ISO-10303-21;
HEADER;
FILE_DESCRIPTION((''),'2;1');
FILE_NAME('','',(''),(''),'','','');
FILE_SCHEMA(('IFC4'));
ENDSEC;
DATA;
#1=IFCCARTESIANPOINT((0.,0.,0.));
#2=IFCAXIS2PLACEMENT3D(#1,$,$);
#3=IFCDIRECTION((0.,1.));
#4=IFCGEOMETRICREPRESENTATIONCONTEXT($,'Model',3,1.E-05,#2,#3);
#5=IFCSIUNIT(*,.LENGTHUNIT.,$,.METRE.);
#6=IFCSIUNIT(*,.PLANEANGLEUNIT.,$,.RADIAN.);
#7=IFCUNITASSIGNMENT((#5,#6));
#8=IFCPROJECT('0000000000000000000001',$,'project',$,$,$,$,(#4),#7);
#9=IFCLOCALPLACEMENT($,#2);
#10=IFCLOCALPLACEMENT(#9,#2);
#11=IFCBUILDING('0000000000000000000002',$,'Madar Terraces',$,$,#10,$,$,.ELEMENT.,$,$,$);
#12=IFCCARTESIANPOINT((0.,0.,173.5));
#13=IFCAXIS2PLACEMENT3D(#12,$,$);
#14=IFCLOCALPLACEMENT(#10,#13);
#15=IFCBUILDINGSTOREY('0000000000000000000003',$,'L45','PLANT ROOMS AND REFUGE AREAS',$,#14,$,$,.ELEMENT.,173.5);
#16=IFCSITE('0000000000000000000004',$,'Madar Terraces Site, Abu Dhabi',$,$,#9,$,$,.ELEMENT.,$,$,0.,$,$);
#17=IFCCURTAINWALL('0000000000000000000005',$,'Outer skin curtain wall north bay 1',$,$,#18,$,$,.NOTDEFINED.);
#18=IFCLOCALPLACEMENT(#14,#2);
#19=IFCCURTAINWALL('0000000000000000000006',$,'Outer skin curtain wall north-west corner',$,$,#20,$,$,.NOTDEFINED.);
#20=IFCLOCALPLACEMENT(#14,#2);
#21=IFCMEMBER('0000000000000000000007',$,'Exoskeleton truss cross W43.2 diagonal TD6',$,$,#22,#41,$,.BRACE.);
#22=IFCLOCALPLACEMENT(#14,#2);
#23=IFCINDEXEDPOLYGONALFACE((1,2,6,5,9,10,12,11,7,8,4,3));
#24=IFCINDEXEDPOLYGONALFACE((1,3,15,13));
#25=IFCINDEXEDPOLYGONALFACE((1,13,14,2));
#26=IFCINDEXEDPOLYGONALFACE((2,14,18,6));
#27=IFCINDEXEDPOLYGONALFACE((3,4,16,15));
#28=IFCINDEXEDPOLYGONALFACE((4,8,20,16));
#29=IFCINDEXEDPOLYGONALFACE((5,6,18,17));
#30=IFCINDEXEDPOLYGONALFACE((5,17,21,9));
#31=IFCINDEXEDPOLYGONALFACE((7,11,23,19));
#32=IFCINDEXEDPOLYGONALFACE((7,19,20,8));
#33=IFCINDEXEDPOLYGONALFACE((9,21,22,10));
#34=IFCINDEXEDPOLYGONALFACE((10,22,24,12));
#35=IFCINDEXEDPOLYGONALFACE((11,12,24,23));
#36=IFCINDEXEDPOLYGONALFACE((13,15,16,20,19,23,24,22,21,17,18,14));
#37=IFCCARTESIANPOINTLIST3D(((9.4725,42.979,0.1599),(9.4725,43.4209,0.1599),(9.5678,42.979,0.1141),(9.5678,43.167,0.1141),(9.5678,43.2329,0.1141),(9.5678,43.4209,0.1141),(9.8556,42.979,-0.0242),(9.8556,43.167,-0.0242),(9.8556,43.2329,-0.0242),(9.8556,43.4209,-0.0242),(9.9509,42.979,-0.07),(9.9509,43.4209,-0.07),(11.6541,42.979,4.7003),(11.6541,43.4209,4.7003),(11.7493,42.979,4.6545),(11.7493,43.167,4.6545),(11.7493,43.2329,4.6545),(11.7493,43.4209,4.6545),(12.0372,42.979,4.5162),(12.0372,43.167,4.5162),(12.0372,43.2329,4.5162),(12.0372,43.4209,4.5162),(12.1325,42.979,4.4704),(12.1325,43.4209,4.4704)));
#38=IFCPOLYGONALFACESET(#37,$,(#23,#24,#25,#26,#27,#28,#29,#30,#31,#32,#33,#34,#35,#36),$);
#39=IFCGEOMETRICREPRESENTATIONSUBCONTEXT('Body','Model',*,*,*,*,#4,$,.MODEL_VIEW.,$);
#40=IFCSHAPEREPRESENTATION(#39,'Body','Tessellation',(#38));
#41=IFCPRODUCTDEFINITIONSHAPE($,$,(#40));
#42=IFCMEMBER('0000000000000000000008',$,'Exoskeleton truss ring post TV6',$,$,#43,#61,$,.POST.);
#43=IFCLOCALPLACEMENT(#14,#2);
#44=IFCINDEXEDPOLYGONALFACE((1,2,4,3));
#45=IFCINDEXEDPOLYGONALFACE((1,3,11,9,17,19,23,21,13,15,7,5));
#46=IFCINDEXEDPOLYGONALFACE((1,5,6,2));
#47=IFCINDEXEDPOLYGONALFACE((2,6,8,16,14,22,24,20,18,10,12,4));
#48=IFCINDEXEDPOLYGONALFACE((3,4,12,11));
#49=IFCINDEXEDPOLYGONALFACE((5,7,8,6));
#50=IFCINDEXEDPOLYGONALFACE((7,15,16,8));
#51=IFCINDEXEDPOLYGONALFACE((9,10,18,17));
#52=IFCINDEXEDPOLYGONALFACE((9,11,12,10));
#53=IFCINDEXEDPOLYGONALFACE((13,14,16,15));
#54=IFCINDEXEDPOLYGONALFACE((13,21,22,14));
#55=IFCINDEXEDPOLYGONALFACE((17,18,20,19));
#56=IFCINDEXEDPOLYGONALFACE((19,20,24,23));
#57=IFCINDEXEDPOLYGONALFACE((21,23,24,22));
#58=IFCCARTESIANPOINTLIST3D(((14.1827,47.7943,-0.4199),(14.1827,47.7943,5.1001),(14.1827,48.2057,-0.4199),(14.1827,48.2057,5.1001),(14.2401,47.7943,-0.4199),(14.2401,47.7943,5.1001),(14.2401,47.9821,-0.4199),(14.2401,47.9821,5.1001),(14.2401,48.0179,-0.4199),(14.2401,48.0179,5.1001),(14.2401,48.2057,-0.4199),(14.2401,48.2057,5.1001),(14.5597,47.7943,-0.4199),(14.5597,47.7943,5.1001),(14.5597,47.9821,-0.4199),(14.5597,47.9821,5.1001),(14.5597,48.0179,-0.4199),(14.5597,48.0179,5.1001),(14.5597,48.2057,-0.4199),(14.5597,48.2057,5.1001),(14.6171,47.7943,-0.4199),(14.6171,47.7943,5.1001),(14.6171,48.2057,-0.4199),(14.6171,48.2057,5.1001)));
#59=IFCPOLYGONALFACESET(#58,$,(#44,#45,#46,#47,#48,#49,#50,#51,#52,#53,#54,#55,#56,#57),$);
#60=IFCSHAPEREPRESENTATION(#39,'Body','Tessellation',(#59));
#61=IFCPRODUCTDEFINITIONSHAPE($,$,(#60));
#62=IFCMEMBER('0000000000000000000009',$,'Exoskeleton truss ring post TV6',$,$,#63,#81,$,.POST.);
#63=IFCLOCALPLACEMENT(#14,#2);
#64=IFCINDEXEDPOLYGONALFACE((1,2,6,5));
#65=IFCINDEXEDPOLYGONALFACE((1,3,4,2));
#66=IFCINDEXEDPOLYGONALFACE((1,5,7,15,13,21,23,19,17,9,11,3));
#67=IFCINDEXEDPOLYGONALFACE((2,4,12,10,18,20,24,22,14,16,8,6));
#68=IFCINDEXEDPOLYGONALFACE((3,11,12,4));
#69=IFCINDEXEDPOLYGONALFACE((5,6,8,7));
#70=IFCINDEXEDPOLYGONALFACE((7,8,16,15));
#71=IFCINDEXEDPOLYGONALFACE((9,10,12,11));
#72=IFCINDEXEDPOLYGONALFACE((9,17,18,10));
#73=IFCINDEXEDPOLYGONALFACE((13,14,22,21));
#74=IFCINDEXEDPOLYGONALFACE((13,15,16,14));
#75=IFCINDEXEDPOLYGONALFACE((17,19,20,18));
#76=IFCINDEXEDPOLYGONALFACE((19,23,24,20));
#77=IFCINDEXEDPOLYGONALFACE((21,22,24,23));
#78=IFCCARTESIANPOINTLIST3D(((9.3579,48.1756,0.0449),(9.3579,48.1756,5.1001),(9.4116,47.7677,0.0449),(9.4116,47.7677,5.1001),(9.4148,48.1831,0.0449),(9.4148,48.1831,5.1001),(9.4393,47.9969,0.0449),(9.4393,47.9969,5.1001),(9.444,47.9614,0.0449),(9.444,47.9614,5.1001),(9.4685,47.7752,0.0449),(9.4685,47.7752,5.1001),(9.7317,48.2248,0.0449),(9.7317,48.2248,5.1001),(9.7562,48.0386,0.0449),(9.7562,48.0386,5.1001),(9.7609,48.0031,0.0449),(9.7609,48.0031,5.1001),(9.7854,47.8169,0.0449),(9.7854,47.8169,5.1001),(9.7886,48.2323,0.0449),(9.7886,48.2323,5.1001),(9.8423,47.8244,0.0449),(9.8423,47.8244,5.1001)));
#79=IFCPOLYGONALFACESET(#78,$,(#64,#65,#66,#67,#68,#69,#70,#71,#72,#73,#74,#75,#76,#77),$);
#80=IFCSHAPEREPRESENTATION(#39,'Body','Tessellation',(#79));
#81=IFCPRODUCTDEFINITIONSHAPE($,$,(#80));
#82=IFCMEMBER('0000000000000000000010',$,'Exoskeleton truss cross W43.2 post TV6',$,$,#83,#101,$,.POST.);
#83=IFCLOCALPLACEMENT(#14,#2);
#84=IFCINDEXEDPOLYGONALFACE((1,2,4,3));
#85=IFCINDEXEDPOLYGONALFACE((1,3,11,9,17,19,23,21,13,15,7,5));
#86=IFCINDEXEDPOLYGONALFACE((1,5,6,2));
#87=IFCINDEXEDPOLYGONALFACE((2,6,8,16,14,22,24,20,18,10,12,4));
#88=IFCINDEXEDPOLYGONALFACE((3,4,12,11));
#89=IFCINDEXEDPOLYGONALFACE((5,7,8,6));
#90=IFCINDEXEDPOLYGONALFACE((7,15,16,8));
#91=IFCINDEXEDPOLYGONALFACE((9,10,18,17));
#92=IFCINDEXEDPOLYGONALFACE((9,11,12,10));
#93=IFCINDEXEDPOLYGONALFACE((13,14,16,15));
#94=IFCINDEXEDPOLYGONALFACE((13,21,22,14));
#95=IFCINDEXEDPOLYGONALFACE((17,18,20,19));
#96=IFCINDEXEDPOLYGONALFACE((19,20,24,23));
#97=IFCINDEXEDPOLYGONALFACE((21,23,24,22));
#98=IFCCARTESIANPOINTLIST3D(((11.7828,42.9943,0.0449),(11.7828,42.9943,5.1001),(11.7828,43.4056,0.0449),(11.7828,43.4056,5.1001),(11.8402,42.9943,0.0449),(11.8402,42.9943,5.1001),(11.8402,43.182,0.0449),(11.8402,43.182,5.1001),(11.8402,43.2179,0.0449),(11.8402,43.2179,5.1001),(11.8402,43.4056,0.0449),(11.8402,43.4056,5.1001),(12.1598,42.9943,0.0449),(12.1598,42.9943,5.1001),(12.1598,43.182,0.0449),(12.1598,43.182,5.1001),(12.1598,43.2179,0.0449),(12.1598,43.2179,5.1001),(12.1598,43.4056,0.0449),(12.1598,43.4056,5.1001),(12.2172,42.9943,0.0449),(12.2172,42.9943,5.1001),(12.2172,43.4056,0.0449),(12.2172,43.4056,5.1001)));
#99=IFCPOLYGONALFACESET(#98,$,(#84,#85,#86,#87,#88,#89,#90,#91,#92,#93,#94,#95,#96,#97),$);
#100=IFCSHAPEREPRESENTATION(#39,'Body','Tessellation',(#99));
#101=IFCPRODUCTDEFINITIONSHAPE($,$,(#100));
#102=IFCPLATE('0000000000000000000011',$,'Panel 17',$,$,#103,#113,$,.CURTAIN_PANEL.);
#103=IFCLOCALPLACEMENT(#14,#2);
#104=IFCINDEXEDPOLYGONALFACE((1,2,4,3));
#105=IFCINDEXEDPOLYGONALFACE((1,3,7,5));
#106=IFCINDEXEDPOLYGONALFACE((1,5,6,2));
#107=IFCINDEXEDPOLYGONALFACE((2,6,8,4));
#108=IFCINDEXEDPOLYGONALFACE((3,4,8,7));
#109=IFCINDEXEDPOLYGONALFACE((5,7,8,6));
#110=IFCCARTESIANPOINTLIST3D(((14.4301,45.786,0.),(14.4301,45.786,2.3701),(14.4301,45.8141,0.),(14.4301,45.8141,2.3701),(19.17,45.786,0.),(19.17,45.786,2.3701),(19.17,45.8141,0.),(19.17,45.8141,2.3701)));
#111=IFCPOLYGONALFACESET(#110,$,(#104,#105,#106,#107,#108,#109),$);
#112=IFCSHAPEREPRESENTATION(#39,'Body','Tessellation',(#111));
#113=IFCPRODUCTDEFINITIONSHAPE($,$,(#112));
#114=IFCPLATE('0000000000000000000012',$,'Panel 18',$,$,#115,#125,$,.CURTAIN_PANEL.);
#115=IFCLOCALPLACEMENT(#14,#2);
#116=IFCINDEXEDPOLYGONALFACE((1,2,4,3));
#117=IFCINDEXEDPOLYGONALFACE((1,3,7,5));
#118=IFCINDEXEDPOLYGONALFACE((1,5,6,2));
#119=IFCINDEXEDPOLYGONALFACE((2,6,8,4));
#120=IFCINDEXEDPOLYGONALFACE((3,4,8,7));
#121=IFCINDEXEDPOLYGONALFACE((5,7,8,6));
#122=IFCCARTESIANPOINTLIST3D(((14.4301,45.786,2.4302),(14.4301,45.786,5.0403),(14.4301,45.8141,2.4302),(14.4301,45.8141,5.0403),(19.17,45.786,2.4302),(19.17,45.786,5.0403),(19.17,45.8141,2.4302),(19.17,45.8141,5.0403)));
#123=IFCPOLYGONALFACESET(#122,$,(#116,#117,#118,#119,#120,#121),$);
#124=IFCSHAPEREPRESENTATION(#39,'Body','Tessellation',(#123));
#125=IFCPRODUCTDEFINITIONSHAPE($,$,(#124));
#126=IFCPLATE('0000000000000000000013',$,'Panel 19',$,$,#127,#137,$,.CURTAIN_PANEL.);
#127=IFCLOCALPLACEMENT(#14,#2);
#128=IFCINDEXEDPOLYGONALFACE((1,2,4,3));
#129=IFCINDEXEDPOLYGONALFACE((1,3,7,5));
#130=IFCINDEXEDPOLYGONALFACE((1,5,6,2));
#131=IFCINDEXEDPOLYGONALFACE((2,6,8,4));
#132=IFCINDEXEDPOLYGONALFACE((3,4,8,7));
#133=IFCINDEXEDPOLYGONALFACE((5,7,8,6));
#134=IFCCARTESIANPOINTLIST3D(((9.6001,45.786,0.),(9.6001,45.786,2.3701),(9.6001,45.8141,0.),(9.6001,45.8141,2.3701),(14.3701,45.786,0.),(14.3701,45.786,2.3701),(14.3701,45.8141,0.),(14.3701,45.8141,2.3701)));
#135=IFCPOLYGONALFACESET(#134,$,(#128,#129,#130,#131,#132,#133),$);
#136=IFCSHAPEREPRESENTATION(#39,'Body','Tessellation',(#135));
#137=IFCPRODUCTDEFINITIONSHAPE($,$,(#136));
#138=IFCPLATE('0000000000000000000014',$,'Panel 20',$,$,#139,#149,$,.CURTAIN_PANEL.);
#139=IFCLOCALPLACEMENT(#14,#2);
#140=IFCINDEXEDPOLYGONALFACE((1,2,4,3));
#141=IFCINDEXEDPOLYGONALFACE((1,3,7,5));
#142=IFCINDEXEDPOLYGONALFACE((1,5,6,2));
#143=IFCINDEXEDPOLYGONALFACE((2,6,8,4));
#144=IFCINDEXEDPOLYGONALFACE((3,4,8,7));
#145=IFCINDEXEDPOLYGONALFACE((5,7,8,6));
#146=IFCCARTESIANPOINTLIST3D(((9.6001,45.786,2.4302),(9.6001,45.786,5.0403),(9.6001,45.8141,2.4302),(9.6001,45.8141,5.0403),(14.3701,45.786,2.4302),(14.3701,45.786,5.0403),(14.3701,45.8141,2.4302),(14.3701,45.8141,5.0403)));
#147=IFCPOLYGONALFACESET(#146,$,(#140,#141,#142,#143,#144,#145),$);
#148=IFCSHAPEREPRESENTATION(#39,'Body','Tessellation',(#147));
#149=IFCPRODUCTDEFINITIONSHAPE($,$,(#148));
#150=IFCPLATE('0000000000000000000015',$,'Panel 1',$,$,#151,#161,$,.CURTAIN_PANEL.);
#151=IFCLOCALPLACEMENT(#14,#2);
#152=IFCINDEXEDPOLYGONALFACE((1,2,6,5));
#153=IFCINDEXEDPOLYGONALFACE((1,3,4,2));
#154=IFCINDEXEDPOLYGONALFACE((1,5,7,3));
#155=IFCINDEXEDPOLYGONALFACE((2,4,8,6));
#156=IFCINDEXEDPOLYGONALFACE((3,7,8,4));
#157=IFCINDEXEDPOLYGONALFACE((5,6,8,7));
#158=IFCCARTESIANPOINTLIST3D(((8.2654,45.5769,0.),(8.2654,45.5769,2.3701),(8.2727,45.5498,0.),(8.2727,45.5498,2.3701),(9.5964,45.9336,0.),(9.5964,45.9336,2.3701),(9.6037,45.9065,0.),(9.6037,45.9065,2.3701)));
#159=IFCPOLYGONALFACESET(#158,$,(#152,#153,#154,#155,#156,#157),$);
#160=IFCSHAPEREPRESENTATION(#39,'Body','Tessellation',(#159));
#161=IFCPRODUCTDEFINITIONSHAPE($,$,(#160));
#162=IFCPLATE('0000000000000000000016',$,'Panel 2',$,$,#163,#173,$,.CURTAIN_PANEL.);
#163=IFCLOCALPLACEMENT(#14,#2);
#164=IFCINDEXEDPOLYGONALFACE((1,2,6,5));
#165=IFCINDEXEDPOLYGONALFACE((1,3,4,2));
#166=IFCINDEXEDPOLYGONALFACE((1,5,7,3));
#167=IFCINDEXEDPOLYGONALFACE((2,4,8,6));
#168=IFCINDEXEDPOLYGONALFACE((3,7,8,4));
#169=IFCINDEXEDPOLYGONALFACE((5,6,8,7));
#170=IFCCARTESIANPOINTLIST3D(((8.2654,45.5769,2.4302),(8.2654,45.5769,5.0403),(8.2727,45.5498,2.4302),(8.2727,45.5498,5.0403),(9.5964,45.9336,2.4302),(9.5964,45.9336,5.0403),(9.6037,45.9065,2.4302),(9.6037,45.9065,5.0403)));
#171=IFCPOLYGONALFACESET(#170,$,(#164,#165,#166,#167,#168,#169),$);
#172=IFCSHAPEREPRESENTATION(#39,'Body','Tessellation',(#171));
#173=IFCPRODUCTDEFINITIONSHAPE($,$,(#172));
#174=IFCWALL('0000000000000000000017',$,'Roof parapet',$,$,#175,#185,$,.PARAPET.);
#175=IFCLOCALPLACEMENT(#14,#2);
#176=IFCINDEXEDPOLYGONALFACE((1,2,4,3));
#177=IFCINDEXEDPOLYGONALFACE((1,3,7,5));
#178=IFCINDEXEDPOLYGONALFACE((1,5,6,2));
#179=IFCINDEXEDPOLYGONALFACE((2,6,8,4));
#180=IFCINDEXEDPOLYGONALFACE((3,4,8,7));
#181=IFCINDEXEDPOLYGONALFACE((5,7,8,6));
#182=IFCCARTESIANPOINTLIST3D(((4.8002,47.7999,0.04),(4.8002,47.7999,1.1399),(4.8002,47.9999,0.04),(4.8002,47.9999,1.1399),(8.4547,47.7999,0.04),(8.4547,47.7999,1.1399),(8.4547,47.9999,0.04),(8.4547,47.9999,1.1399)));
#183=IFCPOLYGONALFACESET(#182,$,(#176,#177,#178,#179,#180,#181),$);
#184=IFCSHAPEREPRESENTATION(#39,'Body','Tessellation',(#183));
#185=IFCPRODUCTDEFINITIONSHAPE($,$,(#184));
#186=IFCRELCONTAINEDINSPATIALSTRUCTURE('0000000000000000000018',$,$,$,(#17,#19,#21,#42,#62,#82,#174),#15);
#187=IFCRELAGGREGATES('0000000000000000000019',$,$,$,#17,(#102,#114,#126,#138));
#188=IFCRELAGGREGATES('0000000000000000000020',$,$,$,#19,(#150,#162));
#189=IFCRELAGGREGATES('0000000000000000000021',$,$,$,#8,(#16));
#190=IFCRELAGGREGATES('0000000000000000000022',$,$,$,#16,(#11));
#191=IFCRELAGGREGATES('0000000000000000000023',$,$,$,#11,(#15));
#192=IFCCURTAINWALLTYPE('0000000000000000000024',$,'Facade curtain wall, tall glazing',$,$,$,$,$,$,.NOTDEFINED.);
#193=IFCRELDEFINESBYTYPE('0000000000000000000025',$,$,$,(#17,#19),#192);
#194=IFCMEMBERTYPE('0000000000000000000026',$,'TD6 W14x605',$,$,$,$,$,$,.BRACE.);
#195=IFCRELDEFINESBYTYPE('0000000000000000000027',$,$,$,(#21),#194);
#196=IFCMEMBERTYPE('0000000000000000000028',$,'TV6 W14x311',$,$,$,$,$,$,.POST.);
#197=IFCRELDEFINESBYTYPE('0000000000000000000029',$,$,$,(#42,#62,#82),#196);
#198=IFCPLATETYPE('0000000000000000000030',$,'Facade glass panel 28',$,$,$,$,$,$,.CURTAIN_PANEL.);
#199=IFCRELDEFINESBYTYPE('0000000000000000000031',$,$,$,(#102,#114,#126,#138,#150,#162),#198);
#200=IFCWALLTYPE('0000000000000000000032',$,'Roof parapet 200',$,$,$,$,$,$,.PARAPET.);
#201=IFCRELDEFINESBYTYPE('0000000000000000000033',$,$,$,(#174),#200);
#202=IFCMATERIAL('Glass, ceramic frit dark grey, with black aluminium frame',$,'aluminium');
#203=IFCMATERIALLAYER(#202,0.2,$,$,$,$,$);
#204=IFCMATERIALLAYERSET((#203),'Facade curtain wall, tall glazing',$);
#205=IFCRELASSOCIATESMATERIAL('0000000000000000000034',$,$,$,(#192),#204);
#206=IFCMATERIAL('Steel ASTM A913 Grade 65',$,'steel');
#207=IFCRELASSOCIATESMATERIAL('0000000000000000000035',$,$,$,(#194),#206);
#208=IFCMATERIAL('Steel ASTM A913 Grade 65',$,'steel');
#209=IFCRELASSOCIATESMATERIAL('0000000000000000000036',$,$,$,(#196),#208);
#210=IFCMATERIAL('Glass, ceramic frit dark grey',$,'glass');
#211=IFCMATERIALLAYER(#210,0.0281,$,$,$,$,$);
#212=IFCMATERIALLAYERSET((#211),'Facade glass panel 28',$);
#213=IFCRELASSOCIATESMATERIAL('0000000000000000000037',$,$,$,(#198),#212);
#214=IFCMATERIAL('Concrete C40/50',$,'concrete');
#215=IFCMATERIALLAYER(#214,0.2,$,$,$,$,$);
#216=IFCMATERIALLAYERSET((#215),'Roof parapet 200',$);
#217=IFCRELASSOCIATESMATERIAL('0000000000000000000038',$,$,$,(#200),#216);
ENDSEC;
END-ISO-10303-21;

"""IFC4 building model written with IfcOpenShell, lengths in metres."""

from ifc_helpers import new_model, si_unit, direction, frame, frame_2d, origin, origin_2d, place, context, subcontext, project, spatial, rectangle, i_section, extrude, material, layer, layer_set, material_profile, profile_set, type_object, element, aggregate, save


model = new_model("IFC4")

# Units and contexts
model_context = context("Model", 3, precision=1e-05, world=origin(), true_north=direction((0.0, 1.0)))
body_context = subcontext(model_context, "Body", "Model", "MODEL_VIEW")
ifc_project = project(units=[si_unit("LENGTHUNIT", "METRE"), si_unit("PLANEANGLEUNIT", "RADIAN")], contexts=[model_context])

# Site, building, storey
site_placement = place(None, origin())
site = spatial("IfcSite", under=ifc_project, at=site_placement, Name="Madar Terraces Site, Abu Dhabi", CompositionType="ELEMENT", RefElevation=0.0)
building_placement = place(site_placement, origin())
building = spatial("IfcBuilding", under=site, at=building_placement, Name="Madar Terraces", CompositionType="ELEMENT")
storey_placement = place(building_placement, frame((0.0, 0.0, 173.5)))
storey = spatial("IfcBuildingStorey", under=building, at=storey_placement, Name="L45", Description="PLANT ROOMS AND REFUGE AREAS", CompositionType="ELEMENT", Elevation=173.5)

# Curtain walls
ifc_material_1 = material(Name="Glass, ceramic frit dark grey, with black aluminium frame", Category="aluminium")
ifc_layer_1 = layer(ifc_material_1, 0.2)
ifc_layer_set_1 = layer_set([ifc_layer_1], Name="Facade curtain wall, tall glazing")
curtain_wall_type = type_object("IfcCurtainWallType", Name="Facade curtain wall, tall glazing", PredefinedType="NOTDEFINED", material=ifc_layer_set_1)
curtain_wall_1_placement = place(storey_placement, origin())
curtain_wall_1 = element("IfcCurtainWall", 1, at=curtain_wall_1_placement, inside=storey, type_object=curtain_wall_type, Name="Outer skin curtain wall north bay 1", PredefinedType="NOTDEFINED")
curtain_wall_2_placement = place(storey_placement, origin())
curtain_wall_2 = element("IfcCurtainWall", 2, at=curtain_wall_2_placement, inside=storey, type_object=curtain_wall_type, Name="Outer skin curtain wall north-west corner", PredefinedType="NOTDEFINED")

# Members
ifc_material_2 = material(Name="Steel ASTM A913 Grade 65", Category="steel")
ifc_material_profile_1 = material_profile(ifc_material_2, i_section(OverallWidth=0.4419, OverallDepth=0.5308, WebThickness=0.0659, FlangeThickness=0.1057, at=origin_2d()), Name="W14x605")
ifc_profile_set_1 = profile_set([ifc_material_profile_1], Name="Steel ASTM A913 Grade 65")
member_type_1 = type_object("IfcMemberType", Name="TD6 W14x605", PredefinedType="BRACE", material=ifc_profile_set_1)
member_1_placement = place(storey_placement, frame((9.7117, 43.2, 0.0449), z_axis=(0.433084, 0.0, 0.901354), x_axis=(0.0, 1.0, 0.0)))
element("IfcMember", 3, at=member_1_placement, inside=storey, type_object=member_type_1, Name="Exoskeleton truss cross W43.2 diagonal TD6", PredefinedType="BRACE", context=body_context, shape_type="SweptSolid", body=[
    extrude(i_section(OverallWidth=0.4419, OverallDepth=0.5308, WebThickness=0.0659, FlangeThickness=0.1057, at=origin_2d()), origin(), (0.0, 0.0, 1.0), 5.0374),
])
ifc_material_3 = material(Name="Steel ASTM A913 Grade 65", Category="steel")
ifc_material_profile_2 = material_profile(ifc_material_3, i_section(OverallWidth=0.4114, OverallDepth=0.4343, WebThickness=0.0359, FlangeThickness=0.0574, at=origin_2d()), Name="W14x311")
ifc_profile_set_2 = profile_set([ifc_material_profile_2], Name="Steel ASTM A913 Grade 65")
member_type_2 = type_object("IfcMemberType", Name="TV6 W14x311", PredefinedType="POST", material=ifc_profile_set_2)
member_2_placement = place(storey_placement, frame((14.3999, 48.0, -0.4199), z_axis=(0.0, 0.0, 1.0), x_axis=(0.0, -1.0, 0.0)))
element("IfcMember", 4, at=member_2_placement, inside=storey, type_object=member_type_2, Name="Exoskeleton truss ring post TV6", PredefinedType="POST", context=body_context, shape_type="SweptSolid", body=[
    extrude(i_section(OverallWidth=0.4114, OverallDepth=0.4343, WebThickness=0.0359, FlangeThickness=0.0574, at=origin_2d()), origin(), (0.0, 0.0, 1.0), 5.52),
])
for number, where, z_axis, x_axis, name in (
    (5, (9.6001, 48.0, 0.0449), (0.0, 0.0, 1.0), (0.130526, -0.991445, 0.0), "Exoskeleton truss ring post TV6"),
    (6, (12.0, 43.2, 0.0449), (0.0, 0.0, 1.0), (0.0, 1.0, 0.0), "Exoskeleton truss cross W43.2 post TV6"),
):
    element("IfcMember", number, at=place(storey_placement, frame(where, z_axis=z_axis, x_axis=x_axis)), inside=storey, type_object=member_type_2, Name=name, PredefinedType="POST", context=body_context, shape_type="SweptSolid", body=[
        extrude(i_section(OverallWidth=0.4114, OverallDepth=0.4343, WebThickness=0.0359, FlangeThickness=0.0574, at=origin_2d()), origin(), (0.0, 0.0, 1.0), 5.0552),
    ])

# Plates
ifc_material_4 = material(Name="Glass, ceramic frit dark grey", Category="glass")
ifc_layer_2 = layer(ifc_material_4, 0.0281)
ifc_layer_set_2 = layer_set([ifc_layer_2], Name="Facade glass panel 28")
plate_type = type_object("IfcPlateType", Name="Facade glass panel 28", PredefinedType="CURTAIN_PANEL", material=ifc_layer_set_2)
plate_1_placement = place(storey_placement, frame((16.8, 45.8, 0.0), z_axis=(0.0, 0.0, 1.0), x_axis=(-1.0, 0.0, 0.0)))
plate_1 = element("IfcPlate", 7, at=plate_1_placement, type_object=plate_type, Name="Panel 17", PredefinedType="CURTAIN_PANEL", context=body_context, shape_type="SweptSolid", body=[
    extrude(rectangle(XDim=4.74, YDim=0.0281, at=origin_2d()), origin(), (0.0, 0.0, 1.0), 2.3701),
])
plate_2_placement = place(storey_placement, frame((16.8, 45.8, 2.4302), z_axis=(0.0, 0.0, 1.0), x_axis=(-1.0, 0.0, 0.0)))
plate_2 = element("IfcPlate", 8, at=plate_2_placement, type_object=plate_type, Name="Panel 18", PredefinedType="CURTAIN_PANEL", context=body_context, shape_type="SweptSolid", body=[
    extrude(rectangle(XDim=4.74, YDim=0.0281, at=origin_2d()), origin(), (0.0, 0.0, 1.0), 2.6101),
])
plate_3_placement = place(storey_placement, frame((11.9851, 45.8, 0.0), z_axis=(0.0, 0.0, 1.0), x_axis=(-1.0, 0.0, 0.0)))
plate_3 = element("IfcPlate", 9, at=plate_3_placement, type_object=plate_type, Name="Panel 19", PredefinedType="CURTAIN_PANEL", context=body_context, shape_type="SweptSolid", body=[
    extrude(rectangle(XDim=4.77, YDim=0.0281, at=origin_2d()), origin(), (0.0, 0.0, 1.0), 2.3701),
])
plate_4_placement = place(storey_placement, frame((11.9851, 45.8, 2.4302), z_axis=(0.0, 0.0, 1.0), x_axis=(-1.0, 0.0, 0.0)))
plate_4 = element("IfcPlate", 10, at=plate_4_placement, type_object=plate_type, Name="Panel 20", PredefinedType="CURTAIN_PANEL", context=body_context, shape_type="SweptSolid", body=[
    extrude(rectangle(XDim=4.77, YDim=0.0281, at=origin_2d()), origin(), (0.0, 0.0, 1.0), 2.6101),
])
aggregate(curtain_wall_1, [plate_1, plate_2, plate_3, plate_4])
plate_5_placement = place(storey_placement, frame((8.9346, 45.7417, 0.0), z_axis=(0.0, 0.0, 1.0), x_axis=(-0.965926, -0.258819, 0.0)))
plate_5 = element("IfcPlate", 11, at=plate_5_placement, type_object=plate_type, Name="Panel 1", PredefinedType="CURTAIN_PANEL", context=body_context, shape_type="SweptSolid", body=[
    extrude(rectangle(XDim=1.3779, YDim=0.0281, at=origin_2d()), origin(), (0.0, 0.0, 1.0), 2.3701),
])
plate_6_placement = place(storey_placement, frame((8.9346, 45.7417, 2.4302), z_axis=(0.0, 0.0, 1.0), x_axis=(-0.965926, -0.258819, 0.0)))
plate_6 = element("IfcPlate", 12, at=plate_6_placement, type_object=plate_type, Name="Panel 2", PredefinedType="CURTAIN_PANEL", context=body_context, shape_type="SweptSolid", body=[
    extrude(rectangle(XDim=1.3779, YDim=0.0281, at=origin_2d()), origin(), (0.0, 0.0, 1.0), 2.6101),
])
aggregate(curtain_wall_2, [plate_5, plate_6])

# Wall
ifc_material_5 = material(Name="Concrete C40/50", Category="concrete")
ifc_layer_3 = layer(ifc_material_5, 0.2)
ifc_layer_set_3 = layer_set([ifc_layer_3], Name="Roof parapet 200")
wall_type = type_object("IfcWallType", Name="Roof parapet 200", PredefinedType="PARAPET", material=ifc_layer_set_3)
wall_placement = place(storey_placement, frame((8.4546, 47.8999, 0.04), z_axis=(0.0, 0.0, 1.0), x_axis=(-1.0, 0.0, 0.0)))
element("IfcWall", 13, at=wall_placement, inside=storey, type_object=wall_type, Name="Roof parapet", PredefinedType="PARAPET", context=body_context, shape_type="SweptSolid", body=[
    extrude(rectangle(XDim=3.6545, YDim=0.2, at=frame_2d((1.8271, 0.0))), origin(), (0.0, 0.0, 1.0), 1.0999),
])

save(model, "model.ifc")
